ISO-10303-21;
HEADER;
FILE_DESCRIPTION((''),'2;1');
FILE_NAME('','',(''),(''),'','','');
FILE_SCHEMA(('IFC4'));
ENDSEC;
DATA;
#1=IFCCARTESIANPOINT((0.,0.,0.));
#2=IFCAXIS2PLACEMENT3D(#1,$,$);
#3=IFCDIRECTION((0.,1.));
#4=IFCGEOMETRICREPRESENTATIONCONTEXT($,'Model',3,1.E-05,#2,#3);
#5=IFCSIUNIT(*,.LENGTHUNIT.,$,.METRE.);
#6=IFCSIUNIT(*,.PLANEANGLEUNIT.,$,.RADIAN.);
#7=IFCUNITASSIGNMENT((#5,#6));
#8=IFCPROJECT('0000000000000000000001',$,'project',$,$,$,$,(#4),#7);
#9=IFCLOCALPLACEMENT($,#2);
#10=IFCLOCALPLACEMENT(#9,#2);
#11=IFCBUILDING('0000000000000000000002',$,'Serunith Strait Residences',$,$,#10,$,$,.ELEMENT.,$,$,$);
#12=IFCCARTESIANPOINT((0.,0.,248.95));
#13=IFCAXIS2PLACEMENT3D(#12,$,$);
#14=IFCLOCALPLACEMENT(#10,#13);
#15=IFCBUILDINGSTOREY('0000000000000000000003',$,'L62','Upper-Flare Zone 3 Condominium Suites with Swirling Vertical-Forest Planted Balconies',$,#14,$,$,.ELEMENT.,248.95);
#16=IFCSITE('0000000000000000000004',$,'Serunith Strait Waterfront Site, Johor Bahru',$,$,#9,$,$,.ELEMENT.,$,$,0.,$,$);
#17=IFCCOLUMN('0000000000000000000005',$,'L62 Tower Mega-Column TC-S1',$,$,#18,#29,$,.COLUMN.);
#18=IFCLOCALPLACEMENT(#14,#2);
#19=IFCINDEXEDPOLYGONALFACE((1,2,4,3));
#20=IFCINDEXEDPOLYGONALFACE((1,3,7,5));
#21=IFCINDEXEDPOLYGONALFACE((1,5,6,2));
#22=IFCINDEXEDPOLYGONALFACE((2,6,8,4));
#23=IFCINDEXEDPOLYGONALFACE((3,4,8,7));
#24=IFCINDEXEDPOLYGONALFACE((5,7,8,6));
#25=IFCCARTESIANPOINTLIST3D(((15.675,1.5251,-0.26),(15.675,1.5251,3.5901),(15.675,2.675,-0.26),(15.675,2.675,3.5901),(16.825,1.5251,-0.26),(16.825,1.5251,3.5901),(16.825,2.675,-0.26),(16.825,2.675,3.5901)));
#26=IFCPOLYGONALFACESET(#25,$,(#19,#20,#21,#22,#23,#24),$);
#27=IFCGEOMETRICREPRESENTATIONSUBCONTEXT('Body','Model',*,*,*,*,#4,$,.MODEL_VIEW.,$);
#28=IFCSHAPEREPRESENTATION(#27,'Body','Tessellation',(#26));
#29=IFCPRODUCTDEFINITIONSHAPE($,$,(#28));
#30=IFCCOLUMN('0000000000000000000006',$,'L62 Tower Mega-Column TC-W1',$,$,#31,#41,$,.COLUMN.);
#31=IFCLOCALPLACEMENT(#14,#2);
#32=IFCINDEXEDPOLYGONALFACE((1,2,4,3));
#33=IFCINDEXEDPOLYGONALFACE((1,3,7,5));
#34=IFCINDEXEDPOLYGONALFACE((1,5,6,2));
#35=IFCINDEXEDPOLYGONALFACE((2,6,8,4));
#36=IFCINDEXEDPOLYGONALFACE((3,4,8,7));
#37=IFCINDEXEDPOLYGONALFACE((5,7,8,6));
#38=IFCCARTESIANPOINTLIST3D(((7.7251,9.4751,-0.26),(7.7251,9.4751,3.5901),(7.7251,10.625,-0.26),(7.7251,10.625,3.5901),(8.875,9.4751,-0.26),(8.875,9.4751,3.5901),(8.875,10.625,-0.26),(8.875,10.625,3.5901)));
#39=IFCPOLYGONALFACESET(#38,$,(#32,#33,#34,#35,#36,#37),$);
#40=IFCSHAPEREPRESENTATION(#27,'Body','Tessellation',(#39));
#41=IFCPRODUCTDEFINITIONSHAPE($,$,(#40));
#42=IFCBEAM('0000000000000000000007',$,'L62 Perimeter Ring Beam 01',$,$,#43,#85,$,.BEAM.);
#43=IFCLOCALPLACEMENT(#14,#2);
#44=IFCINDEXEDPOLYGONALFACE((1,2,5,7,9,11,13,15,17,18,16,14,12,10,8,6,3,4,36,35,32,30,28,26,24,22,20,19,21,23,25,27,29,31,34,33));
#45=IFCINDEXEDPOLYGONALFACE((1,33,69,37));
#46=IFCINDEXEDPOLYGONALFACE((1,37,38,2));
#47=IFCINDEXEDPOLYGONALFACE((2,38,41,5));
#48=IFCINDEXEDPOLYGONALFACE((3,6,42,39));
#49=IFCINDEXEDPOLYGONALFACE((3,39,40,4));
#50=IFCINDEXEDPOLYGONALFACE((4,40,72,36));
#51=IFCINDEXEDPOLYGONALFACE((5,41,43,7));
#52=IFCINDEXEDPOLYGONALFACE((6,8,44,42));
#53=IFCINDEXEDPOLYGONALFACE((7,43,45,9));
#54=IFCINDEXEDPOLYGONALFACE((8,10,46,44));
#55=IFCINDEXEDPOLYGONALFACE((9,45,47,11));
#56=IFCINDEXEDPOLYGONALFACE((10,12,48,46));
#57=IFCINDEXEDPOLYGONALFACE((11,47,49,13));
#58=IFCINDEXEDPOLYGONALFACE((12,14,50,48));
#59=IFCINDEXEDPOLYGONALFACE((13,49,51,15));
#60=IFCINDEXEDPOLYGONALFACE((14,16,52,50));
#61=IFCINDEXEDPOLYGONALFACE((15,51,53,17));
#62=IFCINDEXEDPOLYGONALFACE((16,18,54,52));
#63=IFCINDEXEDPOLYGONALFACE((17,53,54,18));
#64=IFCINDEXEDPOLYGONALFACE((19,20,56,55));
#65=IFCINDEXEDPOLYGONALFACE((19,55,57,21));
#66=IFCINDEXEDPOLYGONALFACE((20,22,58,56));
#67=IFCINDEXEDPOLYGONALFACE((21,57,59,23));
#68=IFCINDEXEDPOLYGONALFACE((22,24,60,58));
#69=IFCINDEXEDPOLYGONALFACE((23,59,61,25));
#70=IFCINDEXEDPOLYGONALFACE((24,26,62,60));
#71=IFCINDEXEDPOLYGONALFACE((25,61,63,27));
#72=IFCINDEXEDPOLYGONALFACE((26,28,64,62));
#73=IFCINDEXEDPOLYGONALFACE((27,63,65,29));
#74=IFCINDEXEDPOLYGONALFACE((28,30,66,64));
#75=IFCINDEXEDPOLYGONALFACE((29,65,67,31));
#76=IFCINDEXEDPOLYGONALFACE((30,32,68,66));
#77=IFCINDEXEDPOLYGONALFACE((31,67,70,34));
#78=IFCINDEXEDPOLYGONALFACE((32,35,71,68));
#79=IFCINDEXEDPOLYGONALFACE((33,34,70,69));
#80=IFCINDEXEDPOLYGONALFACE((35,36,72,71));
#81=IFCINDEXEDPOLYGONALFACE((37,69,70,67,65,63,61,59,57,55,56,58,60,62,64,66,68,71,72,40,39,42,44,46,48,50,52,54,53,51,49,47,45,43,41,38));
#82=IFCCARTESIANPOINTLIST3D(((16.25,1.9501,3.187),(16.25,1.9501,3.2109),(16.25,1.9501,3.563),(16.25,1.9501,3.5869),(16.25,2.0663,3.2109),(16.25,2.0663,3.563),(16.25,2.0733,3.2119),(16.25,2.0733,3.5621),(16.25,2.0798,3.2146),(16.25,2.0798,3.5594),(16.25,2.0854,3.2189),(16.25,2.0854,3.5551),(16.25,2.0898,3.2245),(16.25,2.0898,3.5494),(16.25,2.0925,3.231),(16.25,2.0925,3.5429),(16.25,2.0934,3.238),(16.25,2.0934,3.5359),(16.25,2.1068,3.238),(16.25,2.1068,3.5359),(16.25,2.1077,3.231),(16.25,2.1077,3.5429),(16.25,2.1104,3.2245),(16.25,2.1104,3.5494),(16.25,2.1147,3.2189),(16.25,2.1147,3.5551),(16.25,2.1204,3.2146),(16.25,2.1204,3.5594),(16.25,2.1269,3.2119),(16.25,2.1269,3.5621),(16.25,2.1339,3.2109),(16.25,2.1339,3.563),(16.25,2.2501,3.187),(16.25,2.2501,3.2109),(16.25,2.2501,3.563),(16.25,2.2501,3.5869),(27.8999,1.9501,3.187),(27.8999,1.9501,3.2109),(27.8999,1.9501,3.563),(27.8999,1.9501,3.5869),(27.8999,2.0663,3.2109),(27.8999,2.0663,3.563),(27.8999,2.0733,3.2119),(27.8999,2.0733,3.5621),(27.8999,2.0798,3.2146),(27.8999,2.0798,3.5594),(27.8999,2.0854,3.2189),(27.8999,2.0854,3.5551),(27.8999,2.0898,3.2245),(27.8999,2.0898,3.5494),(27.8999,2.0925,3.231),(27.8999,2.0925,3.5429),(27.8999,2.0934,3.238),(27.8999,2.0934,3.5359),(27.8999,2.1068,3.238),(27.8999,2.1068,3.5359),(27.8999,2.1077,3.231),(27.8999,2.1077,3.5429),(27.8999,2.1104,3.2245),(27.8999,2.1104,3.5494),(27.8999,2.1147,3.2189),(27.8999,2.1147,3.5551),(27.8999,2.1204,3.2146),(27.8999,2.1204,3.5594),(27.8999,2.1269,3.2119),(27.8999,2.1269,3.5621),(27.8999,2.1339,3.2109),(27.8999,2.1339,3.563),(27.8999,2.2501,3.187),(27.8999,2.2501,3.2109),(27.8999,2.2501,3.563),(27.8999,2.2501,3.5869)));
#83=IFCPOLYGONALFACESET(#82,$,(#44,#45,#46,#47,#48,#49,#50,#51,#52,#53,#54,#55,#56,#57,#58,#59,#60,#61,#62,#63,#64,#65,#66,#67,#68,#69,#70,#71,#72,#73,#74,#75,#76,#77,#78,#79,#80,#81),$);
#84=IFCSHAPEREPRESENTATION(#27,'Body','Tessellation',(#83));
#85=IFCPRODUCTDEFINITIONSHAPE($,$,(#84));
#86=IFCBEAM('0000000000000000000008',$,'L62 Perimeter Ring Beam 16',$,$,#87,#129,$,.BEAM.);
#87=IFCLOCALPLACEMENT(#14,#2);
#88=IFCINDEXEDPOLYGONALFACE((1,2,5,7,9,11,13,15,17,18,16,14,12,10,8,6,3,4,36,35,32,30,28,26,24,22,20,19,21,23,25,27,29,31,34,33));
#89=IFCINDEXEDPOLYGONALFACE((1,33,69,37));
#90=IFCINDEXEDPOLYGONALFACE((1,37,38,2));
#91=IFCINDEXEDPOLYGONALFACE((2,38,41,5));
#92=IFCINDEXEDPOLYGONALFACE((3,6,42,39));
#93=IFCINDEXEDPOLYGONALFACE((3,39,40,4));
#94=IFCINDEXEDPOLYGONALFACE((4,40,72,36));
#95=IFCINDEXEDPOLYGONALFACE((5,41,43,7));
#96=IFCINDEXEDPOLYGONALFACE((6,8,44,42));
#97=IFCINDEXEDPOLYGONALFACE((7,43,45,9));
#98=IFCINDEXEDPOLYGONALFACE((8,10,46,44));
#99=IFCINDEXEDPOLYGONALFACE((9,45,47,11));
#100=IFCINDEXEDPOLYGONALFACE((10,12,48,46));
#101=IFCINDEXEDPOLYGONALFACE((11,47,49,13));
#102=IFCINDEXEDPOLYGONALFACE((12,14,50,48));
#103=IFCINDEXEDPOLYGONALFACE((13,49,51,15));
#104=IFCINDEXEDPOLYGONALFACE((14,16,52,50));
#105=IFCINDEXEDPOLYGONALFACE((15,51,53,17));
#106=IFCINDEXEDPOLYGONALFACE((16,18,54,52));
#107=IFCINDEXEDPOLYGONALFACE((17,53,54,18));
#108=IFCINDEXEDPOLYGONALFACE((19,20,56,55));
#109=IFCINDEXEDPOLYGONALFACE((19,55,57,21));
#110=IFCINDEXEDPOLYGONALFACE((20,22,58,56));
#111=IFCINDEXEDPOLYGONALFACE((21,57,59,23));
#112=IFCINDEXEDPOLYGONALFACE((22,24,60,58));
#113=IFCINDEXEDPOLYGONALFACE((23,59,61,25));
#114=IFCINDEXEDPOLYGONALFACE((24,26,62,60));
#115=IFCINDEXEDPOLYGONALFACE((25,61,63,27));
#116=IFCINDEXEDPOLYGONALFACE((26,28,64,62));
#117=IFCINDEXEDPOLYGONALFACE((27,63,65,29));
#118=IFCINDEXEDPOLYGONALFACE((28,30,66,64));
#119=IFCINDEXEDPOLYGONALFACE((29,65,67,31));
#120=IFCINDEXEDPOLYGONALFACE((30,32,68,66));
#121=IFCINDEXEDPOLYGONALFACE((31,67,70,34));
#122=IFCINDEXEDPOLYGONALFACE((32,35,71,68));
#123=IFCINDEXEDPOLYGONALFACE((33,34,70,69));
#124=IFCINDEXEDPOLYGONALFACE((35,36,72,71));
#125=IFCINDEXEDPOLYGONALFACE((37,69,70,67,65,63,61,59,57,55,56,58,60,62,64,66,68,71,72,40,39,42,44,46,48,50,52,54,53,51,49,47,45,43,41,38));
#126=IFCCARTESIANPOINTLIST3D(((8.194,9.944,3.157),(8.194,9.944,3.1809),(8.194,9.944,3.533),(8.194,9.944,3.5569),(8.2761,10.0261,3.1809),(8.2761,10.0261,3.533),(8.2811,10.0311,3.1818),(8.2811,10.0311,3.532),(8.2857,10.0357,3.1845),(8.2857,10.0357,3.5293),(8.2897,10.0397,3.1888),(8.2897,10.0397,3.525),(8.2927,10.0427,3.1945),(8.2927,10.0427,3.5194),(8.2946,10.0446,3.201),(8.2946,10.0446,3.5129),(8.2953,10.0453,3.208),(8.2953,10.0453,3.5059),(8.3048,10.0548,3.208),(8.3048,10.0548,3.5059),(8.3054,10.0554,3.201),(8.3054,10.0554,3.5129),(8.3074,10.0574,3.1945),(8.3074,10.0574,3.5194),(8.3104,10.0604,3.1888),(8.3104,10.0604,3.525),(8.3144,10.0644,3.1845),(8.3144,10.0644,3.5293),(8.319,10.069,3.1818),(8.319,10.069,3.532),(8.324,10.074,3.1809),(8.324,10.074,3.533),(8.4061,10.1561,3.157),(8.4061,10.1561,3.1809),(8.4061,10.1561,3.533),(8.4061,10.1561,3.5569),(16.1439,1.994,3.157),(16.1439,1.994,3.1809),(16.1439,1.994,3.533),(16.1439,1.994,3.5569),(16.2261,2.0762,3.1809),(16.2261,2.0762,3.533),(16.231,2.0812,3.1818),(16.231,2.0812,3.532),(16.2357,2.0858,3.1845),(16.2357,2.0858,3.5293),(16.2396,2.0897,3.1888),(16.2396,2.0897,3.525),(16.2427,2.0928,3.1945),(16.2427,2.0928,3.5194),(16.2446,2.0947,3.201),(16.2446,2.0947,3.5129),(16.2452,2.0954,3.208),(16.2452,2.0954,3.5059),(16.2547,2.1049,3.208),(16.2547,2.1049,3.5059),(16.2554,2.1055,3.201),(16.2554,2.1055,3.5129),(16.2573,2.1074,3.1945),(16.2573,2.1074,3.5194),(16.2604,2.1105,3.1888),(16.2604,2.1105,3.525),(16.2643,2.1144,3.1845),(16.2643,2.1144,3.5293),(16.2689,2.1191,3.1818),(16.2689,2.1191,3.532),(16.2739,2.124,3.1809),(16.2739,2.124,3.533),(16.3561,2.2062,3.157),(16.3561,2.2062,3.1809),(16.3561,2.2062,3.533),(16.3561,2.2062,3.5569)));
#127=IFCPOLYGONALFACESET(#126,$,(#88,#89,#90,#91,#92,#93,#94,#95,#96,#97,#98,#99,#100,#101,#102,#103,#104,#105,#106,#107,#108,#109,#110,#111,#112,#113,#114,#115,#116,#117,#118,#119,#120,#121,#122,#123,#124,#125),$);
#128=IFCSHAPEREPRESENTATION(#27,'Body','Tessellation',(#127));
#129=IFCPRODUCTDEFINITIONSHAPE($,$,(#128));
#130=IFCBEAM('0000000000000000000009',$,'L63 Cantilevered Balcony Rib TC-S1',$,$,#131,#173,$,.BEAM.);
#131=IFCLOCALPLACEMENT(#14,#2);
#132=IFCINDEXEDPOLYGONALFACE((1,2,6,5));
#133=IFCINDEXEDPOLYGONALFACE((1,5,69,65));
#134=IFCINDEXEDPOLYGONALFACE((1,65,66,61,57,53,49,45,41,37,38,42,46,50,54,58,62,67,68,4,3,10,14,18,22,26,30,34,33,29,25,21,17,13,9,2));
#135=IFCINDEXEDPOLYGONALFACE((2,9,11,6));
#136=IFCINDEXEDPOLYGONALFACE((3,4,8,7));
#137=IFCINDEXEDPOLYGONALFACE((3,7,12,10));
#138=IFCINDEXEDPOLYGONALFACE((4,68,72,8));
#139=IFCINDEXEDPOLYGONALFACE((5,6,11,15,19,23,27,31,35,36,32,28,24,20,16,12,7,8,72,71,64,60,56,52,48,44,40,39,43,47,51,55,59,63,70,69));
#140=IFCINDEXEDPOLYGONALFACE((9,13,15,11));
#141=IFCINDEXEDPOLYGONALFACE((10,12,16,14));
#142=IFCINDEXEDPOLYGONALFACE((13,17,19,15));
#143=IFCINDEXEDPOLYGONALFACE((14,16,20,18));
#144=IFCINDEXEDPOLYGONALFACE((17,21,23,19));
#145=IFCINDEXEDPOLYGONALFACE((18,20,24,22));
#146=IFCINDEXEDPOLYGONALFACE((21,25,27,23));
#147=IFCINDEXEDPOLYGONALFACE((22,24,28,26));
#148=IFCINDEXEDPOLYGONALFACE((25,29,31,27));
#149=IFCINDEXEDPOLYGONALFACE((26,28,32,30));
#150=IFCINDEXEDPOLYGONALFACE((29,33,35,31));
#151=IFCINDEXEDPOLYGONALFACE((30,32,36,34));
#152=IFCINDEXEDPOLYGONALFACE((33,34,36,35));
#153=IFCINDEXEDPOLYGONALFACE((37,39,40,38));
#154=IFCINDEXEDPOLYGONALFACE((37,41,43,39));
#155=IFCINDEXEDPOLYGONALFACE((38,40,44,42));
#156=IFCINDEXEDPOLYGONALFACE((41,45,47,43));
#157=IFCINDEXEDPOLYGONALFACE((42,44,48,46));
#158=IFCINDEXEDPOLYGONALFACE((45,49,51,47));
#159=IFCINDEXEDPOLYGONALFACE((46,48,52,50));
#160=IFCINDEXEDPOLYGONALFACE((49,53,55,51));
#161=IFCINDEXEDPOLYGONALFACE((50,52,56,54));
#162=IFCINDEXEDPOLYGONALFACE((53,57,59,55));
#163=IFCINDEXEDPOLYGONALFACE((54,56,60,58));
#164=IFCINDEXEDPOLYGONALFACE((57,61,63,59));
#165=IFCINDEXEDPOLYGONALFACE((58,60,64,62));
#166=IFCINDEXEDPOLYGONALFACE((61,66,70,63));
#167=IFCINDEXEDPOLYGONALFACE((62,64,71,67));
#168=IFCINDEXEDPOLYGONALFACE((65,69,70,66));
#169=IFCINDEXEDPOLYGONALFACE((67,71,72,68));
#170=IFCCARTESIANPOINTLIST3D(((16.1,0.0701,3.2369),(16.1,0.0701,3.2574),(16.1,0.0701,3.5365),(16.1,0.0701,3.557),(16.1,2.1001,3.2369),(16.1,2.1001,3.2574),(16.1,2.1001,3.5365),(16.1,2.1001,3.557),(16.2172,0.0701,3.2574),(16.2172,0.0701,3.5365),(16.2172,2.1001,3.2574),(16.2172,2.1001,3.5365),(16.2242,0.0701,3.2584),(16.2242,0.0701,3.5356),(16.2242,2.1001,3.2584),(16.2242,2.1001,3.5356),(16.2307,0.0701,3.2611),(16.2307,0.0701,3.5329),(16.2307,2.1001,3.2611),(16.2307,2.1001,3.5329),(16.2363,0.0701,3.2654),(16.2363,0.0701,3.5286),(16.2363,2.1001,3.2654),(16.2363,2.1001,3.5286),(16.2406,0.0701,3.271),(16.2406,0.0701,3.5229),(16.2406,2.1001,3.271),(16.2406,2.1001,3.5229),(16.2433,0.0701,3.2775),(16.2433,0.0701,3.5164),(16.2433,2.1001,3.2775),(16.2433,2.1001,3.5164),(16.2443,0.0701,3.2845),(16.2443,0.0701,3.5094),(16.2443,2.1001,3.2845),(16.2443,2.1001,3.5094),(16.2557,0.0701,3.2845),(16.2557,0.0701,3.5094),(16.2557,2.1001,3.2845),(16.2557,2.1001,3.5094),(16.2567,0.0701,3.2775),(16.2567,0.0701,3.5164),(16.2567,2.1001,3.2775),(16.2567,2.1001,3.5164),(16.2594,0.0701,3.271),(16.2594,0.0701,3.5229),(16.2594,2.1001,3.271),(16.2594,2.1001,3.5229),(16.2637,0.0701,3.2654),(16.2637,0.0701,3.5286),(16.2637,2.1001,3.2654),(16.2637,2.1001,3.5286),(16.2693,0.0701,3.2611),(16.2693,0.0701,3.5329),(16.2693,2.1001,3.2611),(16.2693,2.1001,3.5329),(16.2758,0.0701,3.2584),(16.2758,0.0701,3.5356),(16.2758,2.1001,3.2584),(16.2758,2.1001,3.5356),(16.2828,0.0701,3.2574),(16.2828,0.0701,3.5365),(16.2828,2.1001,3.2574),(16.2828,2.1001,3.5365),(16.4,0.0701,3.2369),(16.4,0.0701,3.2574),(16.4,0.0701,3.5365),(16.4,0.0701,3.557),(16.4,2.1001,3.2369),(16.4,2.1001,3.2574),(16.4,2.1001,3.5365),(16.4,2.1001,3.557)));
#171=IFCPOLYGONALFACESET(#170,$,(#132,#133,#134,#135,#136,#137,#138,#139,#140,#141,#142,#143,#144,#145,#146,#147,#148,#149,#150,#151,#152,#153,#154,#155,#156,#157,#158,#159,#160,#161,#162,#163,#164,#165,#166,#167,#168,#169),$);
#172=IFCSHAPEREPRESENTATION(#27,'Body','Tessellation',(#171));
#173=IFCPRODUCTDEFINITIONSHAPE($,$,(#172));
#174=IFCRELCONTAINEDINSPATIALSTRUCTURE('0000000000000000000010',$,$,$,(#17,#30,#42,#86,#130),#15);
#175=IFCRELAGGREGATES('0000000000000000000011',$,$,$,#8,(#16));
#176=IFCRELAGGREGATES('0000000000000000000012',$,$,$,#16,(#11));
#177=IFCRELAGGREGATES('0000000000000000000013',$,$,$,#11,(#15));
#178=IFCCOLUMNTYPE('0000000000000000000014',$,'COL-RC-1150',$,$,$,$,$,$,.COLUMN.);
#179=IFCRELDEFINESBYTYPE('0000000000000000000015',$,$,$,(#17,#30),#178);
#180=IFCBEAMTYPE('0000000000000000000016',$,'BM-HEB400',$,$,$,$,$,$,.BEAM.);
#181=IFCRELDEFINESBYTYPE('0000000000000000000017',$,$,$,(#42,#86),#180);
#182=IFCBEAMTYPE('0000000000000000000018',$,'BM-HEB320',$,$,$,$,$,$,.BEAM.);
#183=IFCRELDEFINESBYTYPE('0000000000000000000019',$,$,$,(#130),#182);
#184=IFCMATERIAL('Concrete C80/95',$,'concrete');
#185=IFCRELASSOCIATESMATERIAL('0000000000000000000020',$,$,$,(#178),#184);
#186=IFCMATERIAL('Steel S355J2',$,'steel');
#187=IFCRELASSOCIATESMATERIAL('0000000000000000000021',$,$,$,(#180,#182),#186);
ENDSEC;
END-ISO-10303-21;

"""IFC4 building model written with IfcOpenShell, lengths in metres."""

from ifc_helpers import new_model, si_unit, direction, frame, origin, origin_2d, place, context, subcontext, project, spatial, rectangle, i_section, extrude, source, transform, mapped, material, material_profile, profile_set, type_object, element, save


model = new_model("IFC4")

# Units and contexts
model_context = context("Model", 3, precision=1e-05, world=origin(), true_north=direction((0.0, 1.0)))
body_context = subcontext(model_context, "Body", "Model", "MODEL_VIEW")
ifc_project = project(units=[si_unit("LENGTHUNIT", "METRE"), si_unit("PLANEANGLEUNIT", "RADIAN")], contexts=[model_context])

# Site, building, storey
site_placement = place(None, origin())
site = spatial("IfcSite", under=ifc_project, at=site_placement, Name="Serunith Strait Waterfront Site, Johor Bahru", CompositionType="ELEMENT", RefElevation=0.0)
building_placement = place(site_placement, origin())
building = spatial("IfcBuilding", under=site, at=building_placement, Name="Serunith Strait Residences", CompositionType="ELEMENT")
storey_placement = place(building_placement, frame((0.0, 0.0, 248.95)))
storey = spatial("IfcBuildingStorey", under=building, at=storey_placement, Name="L62", Description="Upper-Flare Zone 3 Condominium Suites with Swirling Vertical-Forest Planted Balconies", CompositionType="ELEMENT", Elevation=248.95)

# Columns
ifc_material_1 = material(Name="Concrete C80/95", Category="concrete")
ifc_material_profile_1 = material_profile(ifc_material_1, rectangle(XDim=1.1499, YDim=1.1499, at=origin_2d()), Name="RC 1150x1150")
ifc_profile_set_1 = profile_set([ifc_material_profile_1], Name="Concrete C80/95")
column_type = type_object("IfcColumnType", Name="COL-RC-1150", PredefinedType="COLUMN", material=ifc_profile_set_1)
shared_shape_1 = source(origin(), body_context, "Body", "SweptSolid", [
    extrude(rectangle(XDim=1.1499, YDim=1.1499, at=origin_2d()), origin(), (0.0, 0.0, 1.0), 3.8501),
])
for number, where, z_axis, x_axis, name in (
    (1, (16.25, 2.1001, -0.26), (0.0, 0.0, 1.0), (1.0, 0.0, 0.0), "L62 Tower Mega-Column TC-S1"),
    (2, (8.3, 10.05, -0.26), (0.0, 0.0, 1.0), (1.0, 0.0, 0.0), "L62 Tower Mega-Column TC-W1"),
):
    element("IfcColumn", number, at=place(storey_placement, frame(where, z_axis=z_axis, x_axis=x_axis)), inside=storey, type_object=column_type, Name=name, PredefinedType="COLUMN", context=body_context, shape_type="MappedRepresentation", body=[
        mapped(shared_shape_1, transform((0.0, 0.0, 0.0), scale=1.0)),
    ])

# Beams
ifc_material_2 = material(Name="Steel S355J2", Category="steel")
ifc_material_profile_2 = material_profile(ifc_material_2, i_section(OverallWidth=0.3, OverallDepth=0.3999, WebThickness=0.0134, FlangeThickness=0.0239, FilletRadius=0.0271, at=origin_2d()), Name="HEB 400")
ifc_profile_set_2 = profile_set([ifc_material_profile_2], Name="Steel S355J2")
beam_type_1 = type_object("IfcBeamType", Name="BM-HEB400", PredefinedType="BEAM", material=ifc_profile_set_2)
shared_shape_2 = source(origin(), body_context, "Body", "SweptSolid", [
    extrude(i_section(OverallWidth=0.3, OverallDepth=0.3999, WebThickness=0.0134, FlangeThickness=0.0239, FilletRadius=0.0271, at=origin_2d()), origin(), (0.0, 0.0, 1.0), 11.6499),
])
beam_1_placement = place(storey_placement, frame((16.25, 2.1001, 3.387), z_axis=(1.0, 0.0, 0.0), x_axis=(0.0, 1.0, 0.0)))
element("IfcBeam", 3, at=beam_1_placement, inside=storey, type_object=beam_type_1, Name="L62 Perimeter Ring Beam 01", PredefinedType="BEAM", context=body_context, shape_type="MappedRepresentation", body=[
    mapped(shared_shape_2, transform((0.0, 0.0, 0.0), scale=1.0)),
])
shared_shape_3 = source(origin(), body_context, "Body", "SweptSolid", [
    extrude(i_section(OverallWidth=0.3, OverallDepth=0.3999, WebThickness=0.0134, FlangeThickness=0.0239, FilletRadius=0.0271, at=origin_2d()), origin(), (0.0, 0.0, 1.0), 11.2429),
])
beam_2_placement = place(storey_placement, frame((8.3, 10.05, 3.3569), z_axis=(0.707107, -0.707107, 0.0), x_axis=(0.707107, 0.707107, 0.0)))
element("IfcBeam", 4, at=beam_2_placement, inside=storey, type_object=beam_type_1, Name="L62 Perimeter Ring Beam 16", PredefinedType="BEAM", context=body_context, shape_type="MappedRepresentation", body=[
    mapped(shared_shape_3, transform((0.0, 0.0, 0.0), scale=1.0)),
])
ifc_material_profile_3 = material_profile(ifc_material_2, i_section(OverallWidth=0.3, OverallDepth=0.3201, WebThickness=0.0115, FlangeThickness=0.0205, FilletRadius=0.0271, at=origin_2d()), Name="HEB 320")
ifc_profile_set_3 = profile_set([ifc_material_profile_3], Name="Steel S355J2")
beam_type_2 = type_object("IfcBeamType", Name="BM-HEB320", PredefinedType="BEAM", material=ifc_profile_set_3)
shared_shape_4 = source(origin(), body_context, "Body", "SweptSolid", [
    extrude(i_section(OverallWidth=0.3, OverallDepth=0.3201, WebThickness=0.0115, FlangeThickness=0.0205, FilletRadius=0.0271, at=origin_2d()), origin(), (0.0, 0.0, 1.0), 2.03),
])
beam_3_placement = place(storey_placement, frame((16.25, 2.1001, 3.397), z_axis=(0.0, -1.0, 0.0), x_axis=(1.0, 0.0, 0.0)))
element("IfcBeam", 5, at=beam_3_placement, inside=storey, type_object=beam_type_2, Name="L63 Cantilevered Balcony Rib TC-S1", PredefinedType="BEAM", context=body_context, shape_type="MappedRepresentation", body=[
    mapped(shared_shape_4, transform((0.0, 0.0, 0.0), scale=1.0)),
])

save(model, "model.ifc")
